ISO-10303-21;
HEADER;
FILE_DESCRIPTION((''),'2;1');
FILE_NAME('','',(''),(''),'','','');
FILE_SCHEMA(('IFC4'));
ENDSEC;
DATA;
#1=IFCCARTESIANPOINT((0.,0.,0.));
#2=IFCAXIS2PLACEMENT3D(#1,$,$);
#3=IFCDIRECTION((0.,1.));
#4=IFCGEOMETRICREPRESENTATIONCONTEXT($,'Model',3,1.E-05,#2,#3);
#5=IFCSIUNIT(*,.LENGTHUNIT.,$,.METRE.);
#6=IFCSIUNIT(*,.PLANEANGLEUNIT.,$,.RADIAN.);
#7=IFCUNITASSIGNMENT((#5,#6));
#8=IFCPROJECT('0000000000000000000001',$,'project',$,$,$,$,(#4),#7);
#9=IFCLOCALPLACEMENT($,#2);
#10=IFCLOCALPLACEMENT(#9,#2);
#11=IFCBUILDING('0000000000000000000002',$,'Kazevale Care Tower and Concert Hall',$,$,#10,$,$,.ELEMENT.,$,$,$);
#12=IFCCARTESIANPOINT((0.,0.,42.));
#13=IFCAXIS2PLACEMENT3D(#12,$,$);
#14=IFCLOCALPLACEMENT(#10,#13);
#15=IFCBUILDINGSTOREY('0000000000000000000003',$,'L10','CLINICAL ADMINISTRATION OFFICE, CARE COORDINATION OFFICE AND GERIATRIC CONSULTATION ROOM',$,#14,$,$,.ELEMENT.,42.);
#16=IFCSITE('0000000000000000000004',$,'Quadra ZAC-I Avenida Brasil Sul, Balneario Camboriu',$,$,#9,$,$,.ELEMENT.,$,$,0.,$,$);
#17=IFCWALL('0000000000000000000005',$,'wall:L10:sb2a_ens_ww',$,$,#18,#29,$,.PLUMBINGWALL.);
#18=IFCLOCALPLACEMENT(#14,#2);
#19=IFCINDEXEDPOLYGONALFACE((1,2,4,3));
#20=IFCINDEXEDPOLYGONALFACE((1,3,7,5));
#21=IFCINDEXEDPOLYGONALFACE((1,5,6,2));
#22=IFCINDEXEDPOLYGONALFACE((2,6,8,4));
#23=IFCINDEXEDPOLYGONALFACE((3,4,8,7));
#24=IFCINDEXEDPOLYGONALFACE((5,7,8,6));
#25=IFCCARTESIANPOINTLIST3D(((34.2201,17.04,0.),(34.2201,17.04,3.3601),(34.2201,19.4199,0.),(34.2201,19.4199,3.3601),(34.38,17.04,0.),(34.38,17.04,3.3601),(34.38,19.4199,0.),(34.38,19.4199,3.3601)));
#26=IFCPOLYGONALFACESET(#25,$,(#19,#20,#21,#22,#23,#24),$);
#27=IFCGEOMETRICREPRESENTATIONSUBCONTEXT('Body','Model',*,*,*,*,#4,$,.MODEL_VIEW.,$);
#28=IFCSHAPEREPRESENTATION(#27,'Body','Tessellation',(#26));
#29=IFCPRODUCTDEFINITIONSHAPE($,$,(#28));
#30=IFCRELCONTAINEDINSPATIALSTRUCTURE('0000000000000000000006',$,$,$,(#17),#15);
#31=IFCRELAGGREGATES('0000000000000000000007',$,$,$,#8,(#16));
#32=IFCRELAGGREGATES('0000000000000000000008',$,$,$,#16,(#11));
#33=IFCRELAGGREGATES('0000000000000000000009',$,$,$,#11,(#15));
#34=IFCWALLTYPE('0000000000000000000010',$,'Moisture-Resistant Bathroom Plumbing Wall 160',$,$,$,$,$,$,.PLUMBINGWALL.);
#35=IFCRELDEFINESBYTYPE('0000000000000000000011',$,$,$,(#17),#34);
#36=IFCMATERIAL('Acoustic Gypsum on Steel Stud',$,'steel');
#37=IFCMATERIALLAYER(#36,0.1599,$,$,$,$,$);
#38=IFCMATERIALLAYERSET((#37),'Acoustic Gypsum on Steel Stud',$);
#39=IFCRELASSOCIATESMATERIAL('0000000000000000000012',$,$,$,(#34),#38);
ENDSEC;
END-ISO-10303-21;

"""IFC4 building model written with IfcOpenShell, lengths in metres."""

from ifc_helpers import new_model, si_unit, direction, frame, frame_2d, origin, place, context, subcontext, project, spatial, rectangle, extrude, material, layer, layer_set, type_object, element, save


model = new_model("IFC4")

# Units and contexts
model_context = context("Model", 3, precision=1e-05, world=origin(), true_north=direction((0.0, 1.0)))
body_context = subcontext(model_context, "Body", "Model", "MODEL_VIEW")
ifc_project = project(units=[si_unit("LENGTHUNIT", "METRE"), si_unit("PLANEANGLEUNIT", "RADIAN")], contexts=[model_context])

# Site, building, storey
site_placement = place(None, origin())
site = spatial("IfcSite", under=ifc_project, at=site_placement, Name="Quadra ZAC-I Avenida Brasil Sul, Balneario Camboriu", CompositionType="ELEMENT", RefElevation=0.0)
building_placement = place(site_placement, origin())
building = spatial("IfcBuilding", under=site, at=building_placement, Name="Kazevale Care Tower and Concert Hall", CompositionType="ELEMENT")
storey_placement = place(building_placement, frame((0.0, 0.0, 42.0)))
storey = spatial("IfcBuildingStorey", under=building, at=storey_placement, Name="L10", Description="CLINICAL ADMINISTRATION OFFICE, CARE COORDINATION OFFICE AND GERIATRIC CONSULTATION ROOM", CompositionType="ELEMENT", Elevation=42.0)

# Shared definitions
ifc_material_1 = material(Name="Acoustic Gypsum on Steel Stud", Category="steel")
ifc_layer_1 = layer(ifc_material_1, 0.1599)
ifc_layer_set_1 = layer_set([ifc_layer_1], Name="Acoustic Gypsum on Steel Stud")
wall_type = type_object("IfcWallType", Name="Moisture-Resistant Bathroom Plumbing Wall 160", PredefinedType="PLUMBINGWALL", material=ifc_layer_set_1)

# Wall
wall_1_placement = place(storey_placement, frame((34.3, 17.04, 0.0), z_axis=(0.0, 0.0, 1.0), x_axis=(0.0, 1.0, 0.0)))
element("IfcWall", 1, at=wall_1_placement, inside=storey, type_object=wall_type, Name="wall:L10:sb2a_ens_ww", PredefinedType="PLUMBINGWALL", context=body_context, shape_type="SweptSolid", body=[
    extrude(rectangle(XDim=2.3799, YDim=0.1599, at=frame_2d((1.1899, 0.0))), origin(), (0.0, 0.0, 1.0), 3.3601),
])

save(model, "model.ifc")
